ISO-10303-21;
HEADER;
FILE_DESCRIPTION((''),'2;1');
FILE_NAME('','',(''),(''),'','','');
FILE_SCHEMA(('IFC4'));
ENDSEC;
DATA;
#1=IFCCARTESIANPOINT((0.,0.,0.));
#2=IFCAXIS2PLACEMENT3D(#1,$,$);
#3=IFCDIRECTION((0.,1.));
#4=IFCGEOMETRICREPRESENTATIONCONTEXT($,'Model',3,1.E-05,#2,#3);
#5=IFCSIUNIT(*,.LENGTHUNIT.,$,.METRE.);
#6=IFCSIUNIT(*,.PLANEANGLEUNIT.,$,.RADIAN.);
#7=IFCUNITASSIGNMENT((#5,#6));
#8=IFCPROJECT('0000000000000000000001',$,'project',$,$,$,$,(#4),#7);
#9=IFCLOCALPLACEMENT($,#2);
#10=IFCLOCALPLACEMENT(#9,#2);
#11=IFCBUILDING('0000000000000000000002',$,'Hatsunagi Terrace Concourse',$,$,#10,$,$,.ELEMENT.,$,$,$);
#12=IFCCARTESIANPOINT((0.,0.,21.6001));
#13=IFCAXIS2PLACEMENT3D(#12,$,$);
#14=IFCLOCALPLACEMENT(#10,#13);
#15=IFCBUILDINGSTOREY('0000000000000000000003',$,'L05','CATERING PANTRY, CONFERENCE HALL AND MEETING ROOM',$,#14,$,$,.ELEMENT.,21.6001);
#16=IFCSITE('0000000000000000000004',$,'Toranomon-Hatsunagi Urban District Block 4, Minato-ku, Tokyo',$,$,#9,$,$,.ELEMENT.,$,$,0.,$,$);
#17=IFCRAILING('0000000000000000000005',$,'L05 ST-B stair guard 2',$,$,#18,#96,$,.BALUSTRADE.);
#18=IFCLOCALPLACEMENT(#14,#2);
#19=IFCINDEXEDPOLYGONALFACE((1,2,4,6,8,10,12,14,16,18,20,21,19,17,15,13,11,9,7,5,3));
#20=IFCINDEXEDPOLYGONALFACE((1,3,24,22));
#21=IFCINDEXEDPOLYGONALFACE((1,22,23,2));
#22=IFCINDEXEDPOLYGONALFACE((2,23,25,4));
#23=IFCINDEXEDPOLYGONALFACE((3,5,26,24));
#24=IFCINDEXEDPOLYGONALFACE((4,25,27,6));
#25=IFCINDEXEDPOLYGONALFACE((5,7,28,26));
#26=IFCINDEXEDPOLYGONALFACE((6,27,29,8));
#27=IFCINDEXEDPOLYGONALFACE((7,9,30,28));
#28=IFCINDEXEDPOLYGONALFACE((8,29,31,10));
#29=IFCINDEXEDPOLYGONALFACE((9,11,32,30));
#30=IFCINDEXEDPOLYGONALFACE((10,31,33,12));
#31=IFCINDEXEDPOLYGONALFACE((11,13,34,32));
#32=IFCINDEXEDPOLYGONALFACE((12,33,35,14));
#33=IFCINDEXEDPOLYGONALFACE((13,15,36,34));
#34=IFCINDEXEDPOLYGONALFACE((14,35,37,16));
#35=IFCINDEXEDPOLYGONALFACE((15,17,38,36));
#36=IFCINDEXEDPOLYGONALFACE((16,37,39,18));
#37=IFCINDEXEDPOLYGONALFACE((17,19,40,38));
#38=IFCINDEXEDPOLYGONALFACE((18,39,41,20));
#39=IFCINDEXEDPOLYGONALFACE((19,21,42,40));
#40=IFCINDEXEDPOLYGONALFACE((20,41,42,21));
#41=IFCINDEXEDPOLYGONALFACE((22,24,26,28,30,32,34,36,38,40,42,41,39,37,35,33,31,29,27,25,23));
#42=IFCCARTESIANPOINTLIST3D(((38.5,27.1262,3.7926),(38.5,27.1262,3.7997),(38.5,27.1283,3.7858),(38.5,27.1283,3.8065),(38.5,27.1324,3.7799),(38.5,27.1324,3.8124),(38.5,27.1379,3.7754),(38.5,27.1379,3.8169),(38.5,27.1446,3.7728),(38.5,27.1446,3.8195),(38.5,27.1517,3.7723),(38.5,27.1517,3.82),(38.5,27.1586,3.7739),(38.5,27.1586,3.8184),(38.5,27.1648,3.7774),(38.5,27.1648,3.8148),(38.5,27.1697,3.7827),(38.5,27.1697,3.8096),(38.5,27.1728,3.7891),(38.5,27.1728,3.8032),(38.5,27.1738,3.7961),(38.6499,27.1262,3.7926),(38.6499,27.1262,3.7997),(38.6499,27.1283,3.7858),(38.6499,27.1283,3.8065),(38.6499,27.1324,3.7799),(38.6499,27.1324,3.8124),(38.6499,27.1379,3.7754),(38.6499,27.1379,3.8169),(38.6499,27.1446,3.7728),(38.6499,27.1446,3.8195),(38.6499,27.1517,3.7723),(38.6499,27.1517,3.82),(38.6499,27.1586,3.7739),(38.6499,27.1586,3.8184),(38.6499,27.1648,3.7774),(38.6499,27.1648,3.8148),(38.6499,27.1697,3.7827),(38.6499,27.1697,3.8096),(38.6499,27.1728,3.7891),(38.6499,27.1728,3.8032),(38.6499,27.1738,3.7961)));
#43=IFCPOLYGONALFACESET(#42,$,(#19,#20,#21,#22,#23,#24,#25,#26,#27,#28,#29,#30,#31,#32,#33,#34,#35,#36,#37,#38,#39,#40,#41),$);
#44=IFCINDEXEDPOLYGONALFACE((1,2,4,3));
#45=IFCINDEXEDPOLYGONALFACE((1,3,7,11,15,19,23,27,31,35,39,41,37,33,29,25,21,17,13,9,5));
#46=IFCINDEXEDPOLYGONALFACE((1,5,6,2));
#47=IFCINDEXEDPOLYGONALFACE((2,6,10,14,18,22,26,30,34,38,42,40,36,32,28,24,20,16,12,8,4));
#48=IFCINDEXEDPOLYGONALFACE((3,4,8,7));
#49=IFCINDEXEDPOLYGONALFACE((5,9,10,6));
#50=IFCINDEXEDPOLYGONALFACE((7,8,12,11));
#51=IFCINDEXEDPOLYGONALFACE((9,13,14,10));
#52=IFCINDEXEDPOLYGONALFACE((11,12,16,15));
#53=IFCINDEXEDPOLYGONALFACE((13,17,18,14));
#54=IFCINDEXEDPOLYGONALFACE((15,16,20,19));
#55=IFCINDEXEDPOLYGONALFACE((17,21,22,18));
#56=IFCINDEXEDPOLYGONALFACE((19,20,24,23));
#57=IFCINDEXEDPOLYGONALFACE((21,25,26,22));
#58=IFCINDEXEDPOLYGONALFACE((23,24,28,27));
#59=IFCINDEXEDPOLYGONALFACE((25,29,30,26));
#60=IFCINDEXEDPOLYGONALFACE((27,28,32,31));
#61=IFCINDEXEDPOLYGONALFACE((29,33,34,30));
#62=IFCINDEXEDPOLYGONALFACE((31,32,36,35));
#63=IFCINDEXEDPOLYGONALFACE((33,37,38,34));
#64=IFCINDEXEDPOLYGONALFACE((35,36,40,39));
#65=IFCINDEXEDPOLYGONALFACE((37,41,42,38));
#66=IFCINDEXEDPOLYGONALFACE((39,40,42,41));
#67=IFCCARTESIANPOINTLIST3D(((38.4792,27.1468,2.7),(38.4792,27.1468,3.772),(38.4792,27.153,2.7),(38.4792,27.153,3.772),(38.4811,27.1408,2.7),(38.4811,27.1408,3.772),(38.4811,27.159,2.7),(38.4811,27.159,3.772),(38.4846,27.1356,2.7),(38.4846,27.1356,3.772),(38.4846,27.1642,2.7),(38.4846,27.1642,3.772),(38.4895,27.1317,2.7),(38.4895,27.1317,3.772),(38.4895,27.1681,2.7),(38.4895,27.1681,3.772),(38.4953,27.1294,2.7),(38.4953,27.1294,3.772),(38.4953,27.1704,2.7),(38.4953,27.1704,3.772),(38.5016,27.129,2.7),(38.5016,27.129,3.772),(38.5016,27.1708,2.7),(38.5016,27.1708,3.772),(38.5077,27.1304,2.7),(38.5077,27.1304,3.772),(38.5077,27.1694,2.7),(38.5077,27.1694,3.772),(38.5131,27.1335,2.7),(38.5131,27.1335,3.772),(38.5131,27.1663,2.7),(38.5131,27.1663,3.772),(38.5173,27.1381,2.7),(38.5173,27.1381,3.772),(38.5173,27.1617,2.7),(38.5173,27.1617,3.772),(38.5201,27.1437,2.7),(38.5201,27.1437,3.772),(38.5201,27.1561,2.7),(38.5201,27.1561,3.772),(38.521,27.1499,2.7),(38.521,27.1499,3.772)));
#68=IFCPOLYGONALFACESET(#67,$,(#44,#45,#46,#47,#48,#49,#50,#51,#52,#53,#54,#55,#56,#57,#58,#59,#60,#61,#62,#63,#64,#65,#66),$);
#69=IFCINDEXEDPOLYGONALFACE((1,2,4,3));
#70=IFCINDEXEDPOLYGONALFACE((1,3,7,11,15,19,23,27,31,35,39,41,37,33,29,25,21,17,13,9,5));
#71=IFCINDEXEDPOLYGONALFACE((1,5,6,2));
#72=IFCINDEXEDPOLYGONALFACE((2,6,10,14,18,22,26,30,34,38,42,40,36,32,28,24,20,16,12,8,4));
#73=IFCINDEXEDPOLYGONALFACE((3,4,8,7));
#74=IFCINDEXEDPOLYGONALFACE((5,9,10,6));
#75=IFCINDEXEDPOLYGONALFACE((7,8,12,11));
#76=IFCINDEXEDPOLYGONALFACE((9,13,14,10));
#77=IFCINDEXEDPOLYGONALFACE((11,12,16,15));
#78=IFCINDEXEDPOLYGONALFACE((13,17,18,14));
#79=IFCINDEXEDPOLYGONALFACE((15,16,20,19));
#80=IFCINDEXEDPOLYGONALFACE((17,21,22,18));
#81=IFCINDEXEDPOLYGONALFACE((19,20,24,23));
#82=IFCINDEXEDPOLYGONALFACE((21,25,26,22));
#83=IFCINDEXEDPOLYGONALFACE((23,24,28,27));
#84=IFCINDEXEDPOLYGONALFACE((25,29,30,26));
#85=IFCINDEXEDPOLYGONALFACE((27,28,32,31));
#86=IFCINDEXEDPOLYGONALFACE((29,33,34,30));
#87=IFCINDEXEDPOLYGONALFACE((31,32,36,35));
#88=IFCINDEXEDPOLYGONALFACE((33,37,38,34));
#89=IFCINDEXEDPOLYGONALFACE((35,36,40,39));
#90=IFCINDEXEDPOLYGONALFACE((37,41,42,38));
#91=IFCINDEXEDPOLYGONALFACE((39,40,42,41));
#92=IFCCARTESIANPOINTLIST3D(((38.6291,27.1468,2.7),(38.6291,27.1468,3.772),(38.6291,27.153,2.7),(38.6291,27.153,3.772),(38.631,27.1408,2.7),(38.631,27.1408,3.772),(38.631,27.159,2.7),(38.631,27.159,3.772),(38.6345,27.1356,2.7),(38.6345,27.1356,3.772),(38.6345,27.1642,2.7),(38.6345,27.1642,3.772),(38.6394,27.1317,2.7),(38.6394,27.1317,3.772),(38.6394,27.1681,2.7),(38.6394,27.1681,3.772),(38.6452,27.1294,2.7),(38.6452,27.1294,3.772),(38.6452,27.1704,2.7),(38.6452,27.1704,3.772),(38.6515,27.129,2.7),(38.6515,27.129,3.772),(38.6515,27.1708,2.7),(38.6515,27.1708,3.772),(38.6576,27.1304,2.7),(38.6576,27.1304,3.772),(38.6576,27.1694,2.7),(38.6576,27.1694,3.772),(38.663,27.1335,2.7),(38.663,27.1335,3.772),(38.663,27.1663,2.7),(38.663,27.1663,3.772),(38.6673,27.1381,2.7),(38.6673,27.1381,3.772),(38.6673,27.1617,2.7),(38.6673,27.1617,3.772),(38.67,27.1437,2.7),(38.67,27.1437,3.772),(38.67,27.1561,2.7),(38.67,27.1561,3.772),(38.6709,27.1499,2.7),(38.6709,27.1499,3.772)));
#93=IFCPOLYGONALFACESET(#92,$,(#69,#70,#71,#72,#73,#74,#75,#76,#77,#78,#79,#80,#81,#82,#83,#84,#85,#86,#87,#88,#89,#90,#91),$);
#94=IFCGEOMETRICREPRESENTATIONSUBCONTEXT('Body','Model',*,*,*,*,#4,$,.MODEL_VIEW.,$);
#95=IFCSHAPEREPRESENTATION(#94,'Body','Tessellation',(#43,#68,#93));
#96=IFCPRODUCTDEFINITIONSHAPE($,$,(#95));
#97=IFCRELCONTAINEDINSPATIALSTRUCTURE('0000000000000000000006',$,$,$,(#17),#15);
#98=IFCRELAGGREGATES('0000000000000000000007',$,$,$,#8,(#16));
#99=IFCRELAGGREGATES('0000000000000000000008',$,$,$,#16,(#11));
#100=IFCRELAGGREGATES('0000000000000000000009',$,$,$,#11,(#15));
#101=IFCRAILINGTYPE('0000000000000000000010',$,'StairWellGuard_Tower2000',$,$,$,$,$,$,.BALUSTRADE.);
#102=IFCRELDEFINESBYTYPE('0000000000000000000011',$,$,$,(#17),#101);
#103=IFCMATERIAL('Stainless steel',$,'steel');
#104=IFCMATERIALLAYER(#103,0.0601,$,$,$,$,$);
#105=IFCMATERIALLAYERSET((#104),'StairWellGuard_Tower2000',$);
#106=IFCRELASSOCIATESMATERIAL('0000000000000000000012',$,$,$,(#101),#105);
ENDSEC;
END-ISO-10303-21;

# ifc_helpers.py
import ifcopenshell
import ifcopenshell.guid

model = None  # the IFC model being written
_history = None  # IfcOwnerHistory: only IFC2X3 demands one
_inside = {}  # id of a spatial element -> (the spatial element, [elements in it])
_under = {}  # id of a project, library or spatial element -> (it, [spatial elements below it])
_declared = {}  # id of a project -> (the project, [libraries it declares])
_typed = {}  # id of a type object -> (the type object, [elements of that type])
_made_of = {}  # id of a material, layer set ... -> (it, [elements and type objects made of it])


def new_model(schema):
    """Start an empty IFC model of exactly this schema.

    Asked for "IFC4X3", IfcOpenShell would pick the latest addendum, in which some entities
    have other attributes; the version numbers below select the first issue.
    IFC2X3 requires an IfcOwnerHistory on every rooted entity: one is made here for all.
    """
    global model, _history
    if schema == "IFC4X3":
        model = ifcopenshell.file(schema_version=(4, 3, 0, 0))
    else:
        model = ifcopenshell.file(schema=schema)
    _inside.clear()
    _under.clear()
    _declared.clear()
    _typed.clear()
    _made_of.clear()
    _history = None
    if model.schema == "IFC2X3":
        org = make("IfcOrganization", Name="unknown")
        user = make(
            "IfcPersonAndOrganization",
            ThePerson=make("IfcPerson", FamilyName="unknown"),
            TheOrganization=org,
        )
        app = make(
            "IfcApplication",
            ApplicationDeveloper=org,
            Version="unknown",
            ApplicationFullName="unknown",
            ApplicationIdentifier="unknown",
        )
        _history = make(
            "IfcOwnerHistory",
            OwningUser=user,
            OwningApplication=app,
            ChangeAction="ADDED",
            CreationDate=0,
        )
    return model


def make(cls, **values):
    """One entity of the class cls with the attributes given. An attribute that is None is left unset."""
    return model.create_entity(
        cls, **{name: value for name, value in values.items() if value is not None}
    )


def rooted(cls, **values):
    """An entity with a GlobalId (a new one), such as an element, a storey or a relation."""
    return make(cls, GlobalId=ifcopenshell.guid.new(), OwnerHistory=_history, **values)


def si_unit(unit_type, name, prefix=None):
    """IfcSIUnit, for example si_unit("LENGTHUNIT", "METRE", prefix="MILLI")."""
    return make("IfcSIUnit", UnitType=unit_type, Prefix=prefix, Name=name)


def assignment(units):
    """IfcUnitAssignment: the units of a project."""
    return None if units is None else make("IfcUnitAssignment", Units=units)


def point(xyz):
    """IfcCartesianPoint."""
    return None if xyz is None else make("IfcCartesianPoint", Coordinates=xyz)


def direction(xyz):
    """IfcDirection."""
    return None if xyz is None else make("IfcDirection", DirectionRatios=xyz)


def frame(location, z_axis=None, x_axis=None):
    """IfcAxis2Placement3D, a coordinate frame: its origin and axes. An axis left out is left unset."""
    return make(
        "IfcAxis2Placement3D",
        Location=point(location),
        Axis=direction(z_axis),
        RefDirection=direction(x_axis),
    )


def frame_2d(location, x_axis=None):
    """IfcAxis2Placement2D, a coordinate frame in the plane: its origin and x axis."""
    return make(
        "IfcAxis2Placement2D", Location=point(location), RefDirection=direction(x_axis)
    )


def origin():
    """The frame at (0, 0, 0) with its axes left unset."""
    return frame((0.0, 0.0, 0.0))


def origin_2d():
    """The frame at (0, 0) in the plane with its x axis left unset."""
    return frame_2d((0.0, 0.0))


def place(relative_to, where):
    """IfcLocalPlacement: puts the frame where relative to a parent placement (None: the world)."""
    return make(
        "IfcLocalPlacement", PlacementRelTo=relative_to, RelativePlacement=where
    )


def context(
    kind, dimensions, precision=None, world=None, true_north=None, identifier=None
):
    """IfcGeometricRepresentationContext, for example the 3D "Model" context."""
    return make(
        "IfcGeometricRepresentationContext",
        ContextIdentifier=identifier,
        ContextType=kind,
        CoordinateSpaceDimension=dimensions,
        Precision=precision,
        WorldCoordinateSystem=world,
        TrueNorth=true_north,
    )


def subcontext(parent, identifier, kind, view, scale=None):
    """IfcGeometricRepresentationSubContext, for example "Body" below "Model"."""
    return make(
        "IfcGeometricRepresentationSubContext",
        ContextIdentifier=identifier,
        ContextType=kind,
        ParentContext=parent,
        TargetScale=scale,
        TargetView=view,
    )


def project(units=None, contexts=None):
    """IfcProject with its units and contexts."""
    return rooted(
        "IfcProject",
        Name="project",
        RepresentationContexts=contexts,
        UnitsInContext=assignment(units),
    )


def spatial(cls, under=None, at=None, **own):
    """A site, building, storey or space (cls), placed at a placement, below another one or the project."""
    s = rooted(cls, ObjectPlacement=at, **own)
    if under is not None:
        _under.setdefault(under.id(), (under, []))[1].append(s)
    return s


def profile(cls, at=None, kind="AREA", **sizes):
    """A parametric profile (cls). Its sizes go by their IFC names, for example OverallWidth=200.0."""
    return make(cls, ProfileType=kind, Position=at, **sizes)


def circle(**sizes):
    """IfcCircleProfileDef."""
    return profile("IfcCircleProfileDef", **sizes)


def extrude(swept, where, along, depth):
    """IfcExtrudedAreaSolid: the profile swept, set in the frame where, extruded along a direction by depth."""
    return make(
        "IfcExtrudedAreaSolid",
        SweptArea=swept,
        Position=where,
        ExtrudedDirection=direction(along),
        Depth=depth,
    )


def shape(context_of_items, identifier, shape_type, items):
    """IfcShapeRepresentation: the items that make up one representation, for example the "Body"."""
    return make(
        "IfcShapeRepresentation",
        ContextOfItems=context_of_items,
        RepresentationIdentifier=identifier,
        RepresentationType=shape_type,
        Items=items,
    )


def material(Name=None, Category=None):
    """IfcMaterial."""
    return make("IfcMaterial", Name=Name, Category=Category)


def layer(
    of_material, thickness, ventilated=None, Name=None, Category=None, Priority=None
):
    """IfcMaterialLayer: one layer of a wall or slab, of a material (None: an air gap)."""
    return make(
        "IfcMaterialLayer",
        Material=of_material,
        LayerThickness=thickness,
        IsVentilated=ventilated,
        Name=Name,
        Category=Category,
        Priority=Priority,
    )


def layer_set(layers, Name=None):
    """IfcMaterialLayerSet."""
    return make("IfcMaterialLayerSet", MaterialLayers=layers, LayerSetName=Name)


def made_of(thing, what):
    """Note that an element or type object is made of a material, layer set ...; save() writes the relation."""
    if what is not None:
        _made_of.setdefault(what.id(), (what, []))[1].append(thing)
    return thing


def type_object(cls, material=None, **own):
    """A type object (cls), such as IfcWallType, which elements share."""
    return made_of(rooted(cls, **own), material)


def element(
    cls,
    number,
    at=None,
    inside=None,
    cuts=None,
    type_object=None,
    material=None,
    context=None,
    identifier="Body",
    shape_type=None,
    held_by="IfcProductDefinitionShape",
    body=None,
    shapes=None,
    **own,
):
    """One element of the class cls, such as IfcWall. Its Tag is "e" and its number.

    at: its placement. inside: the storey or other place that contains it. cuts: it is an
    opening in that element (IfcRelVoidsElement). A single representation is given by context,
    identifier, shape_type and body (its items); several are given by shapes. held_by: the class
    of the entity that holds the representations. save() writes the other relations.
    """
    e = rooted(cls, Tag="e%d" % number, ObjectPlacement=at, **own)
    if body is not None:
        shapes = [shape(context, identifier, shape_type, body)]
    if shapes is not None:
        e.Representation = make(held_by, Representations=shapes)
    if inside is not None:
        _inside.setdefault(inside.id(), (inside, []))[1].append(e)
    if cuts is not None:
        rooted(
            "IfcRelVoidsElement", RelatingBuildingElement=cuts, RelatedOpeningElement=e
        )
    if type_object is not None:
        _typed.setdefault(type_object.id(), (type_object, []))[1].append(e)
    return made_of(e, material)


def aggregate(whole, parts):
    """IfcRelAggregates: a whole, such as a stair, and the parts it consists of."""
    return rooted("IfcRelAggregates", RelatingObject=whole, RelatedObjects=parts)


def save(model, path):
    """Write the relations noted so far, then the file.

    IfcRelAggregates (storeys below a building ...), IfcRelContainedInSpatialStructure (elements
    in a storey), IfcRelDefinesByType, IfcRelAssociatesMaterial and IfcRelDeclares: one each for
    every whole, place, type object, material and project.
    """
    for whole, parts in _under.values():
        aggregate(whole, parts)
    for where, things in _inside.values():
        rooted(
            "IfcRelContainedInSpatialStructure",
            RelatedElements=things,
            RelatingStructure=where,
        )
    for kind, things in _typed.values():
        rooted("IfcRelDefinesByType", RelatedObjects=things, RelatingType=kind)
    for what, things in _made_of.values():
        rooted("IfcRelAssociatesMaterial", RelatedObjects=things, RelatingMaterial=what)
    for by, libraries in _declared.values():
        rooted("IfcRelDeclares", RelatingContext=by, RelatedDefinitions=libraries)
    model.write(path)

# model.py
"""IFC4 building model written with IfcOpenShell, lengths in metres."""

from ifc_helpers import new_model, si_unit, direction, frame, origin, origin_2d, place, context, subcontext, project, spatial, circle, extrude, material, layer, layer_set, type_object, element, save


model = new_model("IFC4")

# Units and contexts
model_context = context("Model", 3, precision=1e-05, world=origin(), true_north=direction((0.0, 1.0)))
body_context = subcontext(model_context, "Body", "Model", "MODEL_VIEW")
ifc_project = project(units=[si_unit("LENGTHUNIT", "METRE"), si_unit("PLANEANGLEUNIT", "RADIAN")], contexts=[model_context])

# Site, building, storey
site_placement = place(None, origin())
site = spatial("IfcSite", under=ifc_project, at=site_placement, Name="Toranomon-Hatsunagi Urban District Block 4, Minato-ku, Tokyo", CompositionType="ELEMENT", RefElevation=0.0)
building_placement = place(site_placement, origin())
building = spatial("IfcBuilding", under=site, at=building_placement, Name="Hatsunagi Terrace Concourse", CompositionType="ELEMENT")
storey_placement = place(building_placement, frame((0.0, 0.0, 21.6001)))
storey = spatial("IfcBuildingStorey", under=building, at=storey_placement, Name="L05", Description="CATERING PANTRY, CONFERENCE HALL AND MEETING ROOM", CompositionType="ELEMENT", Elevation=21.6001)

# Railing
ifc_material_1 = material(Name="Stainless steel", Category="steel")
ifc_layer_1 = layer(ifc_material_1, 0.0601)
ifc_layer_set_1 = layer_set([ifc_layer_1], Name="StairWellGuard_Tower2000")
railing_type_1 = type_object("IfcRailingType", Name="StairWellGuard_Tower2000", PredefinedType="BALUSTRADE", material=ifc_layer_set_1)
railing_1_placement = place(storey_placement, frame((38.5, 27.1499, 2.7)))
element("IfcRailing", 1, at=railing_1_placement, inside=storey, type_object=railing_type_1, Name="L05 ST-B stair guard 2", PredefinedType="BALUSTRADE", context=body_context, shape_type="SweptSolid", body=[
    extrude(circle(Radius=0.0239, at=origin_2d()), frame((0.0, 0.0, 1.0962), z_axis=(1.0, 0.0, 0.0), x_axis=(0.0, 1.0, 0.0)), (0.0, 0.0, 1.0), 0.1499),
    extrude(circle(Radius=0.021, at=origin_2d()), origin(), (0.0, 0.0, 1.0), 1.072),
    extrude(circle(Radius=0.021, at=origin_2d()), frame((0.1499, 0.0, 0.0)), (0.0, 0.0, 1.0), 1.072),
])

save(model, "model.ifc")
